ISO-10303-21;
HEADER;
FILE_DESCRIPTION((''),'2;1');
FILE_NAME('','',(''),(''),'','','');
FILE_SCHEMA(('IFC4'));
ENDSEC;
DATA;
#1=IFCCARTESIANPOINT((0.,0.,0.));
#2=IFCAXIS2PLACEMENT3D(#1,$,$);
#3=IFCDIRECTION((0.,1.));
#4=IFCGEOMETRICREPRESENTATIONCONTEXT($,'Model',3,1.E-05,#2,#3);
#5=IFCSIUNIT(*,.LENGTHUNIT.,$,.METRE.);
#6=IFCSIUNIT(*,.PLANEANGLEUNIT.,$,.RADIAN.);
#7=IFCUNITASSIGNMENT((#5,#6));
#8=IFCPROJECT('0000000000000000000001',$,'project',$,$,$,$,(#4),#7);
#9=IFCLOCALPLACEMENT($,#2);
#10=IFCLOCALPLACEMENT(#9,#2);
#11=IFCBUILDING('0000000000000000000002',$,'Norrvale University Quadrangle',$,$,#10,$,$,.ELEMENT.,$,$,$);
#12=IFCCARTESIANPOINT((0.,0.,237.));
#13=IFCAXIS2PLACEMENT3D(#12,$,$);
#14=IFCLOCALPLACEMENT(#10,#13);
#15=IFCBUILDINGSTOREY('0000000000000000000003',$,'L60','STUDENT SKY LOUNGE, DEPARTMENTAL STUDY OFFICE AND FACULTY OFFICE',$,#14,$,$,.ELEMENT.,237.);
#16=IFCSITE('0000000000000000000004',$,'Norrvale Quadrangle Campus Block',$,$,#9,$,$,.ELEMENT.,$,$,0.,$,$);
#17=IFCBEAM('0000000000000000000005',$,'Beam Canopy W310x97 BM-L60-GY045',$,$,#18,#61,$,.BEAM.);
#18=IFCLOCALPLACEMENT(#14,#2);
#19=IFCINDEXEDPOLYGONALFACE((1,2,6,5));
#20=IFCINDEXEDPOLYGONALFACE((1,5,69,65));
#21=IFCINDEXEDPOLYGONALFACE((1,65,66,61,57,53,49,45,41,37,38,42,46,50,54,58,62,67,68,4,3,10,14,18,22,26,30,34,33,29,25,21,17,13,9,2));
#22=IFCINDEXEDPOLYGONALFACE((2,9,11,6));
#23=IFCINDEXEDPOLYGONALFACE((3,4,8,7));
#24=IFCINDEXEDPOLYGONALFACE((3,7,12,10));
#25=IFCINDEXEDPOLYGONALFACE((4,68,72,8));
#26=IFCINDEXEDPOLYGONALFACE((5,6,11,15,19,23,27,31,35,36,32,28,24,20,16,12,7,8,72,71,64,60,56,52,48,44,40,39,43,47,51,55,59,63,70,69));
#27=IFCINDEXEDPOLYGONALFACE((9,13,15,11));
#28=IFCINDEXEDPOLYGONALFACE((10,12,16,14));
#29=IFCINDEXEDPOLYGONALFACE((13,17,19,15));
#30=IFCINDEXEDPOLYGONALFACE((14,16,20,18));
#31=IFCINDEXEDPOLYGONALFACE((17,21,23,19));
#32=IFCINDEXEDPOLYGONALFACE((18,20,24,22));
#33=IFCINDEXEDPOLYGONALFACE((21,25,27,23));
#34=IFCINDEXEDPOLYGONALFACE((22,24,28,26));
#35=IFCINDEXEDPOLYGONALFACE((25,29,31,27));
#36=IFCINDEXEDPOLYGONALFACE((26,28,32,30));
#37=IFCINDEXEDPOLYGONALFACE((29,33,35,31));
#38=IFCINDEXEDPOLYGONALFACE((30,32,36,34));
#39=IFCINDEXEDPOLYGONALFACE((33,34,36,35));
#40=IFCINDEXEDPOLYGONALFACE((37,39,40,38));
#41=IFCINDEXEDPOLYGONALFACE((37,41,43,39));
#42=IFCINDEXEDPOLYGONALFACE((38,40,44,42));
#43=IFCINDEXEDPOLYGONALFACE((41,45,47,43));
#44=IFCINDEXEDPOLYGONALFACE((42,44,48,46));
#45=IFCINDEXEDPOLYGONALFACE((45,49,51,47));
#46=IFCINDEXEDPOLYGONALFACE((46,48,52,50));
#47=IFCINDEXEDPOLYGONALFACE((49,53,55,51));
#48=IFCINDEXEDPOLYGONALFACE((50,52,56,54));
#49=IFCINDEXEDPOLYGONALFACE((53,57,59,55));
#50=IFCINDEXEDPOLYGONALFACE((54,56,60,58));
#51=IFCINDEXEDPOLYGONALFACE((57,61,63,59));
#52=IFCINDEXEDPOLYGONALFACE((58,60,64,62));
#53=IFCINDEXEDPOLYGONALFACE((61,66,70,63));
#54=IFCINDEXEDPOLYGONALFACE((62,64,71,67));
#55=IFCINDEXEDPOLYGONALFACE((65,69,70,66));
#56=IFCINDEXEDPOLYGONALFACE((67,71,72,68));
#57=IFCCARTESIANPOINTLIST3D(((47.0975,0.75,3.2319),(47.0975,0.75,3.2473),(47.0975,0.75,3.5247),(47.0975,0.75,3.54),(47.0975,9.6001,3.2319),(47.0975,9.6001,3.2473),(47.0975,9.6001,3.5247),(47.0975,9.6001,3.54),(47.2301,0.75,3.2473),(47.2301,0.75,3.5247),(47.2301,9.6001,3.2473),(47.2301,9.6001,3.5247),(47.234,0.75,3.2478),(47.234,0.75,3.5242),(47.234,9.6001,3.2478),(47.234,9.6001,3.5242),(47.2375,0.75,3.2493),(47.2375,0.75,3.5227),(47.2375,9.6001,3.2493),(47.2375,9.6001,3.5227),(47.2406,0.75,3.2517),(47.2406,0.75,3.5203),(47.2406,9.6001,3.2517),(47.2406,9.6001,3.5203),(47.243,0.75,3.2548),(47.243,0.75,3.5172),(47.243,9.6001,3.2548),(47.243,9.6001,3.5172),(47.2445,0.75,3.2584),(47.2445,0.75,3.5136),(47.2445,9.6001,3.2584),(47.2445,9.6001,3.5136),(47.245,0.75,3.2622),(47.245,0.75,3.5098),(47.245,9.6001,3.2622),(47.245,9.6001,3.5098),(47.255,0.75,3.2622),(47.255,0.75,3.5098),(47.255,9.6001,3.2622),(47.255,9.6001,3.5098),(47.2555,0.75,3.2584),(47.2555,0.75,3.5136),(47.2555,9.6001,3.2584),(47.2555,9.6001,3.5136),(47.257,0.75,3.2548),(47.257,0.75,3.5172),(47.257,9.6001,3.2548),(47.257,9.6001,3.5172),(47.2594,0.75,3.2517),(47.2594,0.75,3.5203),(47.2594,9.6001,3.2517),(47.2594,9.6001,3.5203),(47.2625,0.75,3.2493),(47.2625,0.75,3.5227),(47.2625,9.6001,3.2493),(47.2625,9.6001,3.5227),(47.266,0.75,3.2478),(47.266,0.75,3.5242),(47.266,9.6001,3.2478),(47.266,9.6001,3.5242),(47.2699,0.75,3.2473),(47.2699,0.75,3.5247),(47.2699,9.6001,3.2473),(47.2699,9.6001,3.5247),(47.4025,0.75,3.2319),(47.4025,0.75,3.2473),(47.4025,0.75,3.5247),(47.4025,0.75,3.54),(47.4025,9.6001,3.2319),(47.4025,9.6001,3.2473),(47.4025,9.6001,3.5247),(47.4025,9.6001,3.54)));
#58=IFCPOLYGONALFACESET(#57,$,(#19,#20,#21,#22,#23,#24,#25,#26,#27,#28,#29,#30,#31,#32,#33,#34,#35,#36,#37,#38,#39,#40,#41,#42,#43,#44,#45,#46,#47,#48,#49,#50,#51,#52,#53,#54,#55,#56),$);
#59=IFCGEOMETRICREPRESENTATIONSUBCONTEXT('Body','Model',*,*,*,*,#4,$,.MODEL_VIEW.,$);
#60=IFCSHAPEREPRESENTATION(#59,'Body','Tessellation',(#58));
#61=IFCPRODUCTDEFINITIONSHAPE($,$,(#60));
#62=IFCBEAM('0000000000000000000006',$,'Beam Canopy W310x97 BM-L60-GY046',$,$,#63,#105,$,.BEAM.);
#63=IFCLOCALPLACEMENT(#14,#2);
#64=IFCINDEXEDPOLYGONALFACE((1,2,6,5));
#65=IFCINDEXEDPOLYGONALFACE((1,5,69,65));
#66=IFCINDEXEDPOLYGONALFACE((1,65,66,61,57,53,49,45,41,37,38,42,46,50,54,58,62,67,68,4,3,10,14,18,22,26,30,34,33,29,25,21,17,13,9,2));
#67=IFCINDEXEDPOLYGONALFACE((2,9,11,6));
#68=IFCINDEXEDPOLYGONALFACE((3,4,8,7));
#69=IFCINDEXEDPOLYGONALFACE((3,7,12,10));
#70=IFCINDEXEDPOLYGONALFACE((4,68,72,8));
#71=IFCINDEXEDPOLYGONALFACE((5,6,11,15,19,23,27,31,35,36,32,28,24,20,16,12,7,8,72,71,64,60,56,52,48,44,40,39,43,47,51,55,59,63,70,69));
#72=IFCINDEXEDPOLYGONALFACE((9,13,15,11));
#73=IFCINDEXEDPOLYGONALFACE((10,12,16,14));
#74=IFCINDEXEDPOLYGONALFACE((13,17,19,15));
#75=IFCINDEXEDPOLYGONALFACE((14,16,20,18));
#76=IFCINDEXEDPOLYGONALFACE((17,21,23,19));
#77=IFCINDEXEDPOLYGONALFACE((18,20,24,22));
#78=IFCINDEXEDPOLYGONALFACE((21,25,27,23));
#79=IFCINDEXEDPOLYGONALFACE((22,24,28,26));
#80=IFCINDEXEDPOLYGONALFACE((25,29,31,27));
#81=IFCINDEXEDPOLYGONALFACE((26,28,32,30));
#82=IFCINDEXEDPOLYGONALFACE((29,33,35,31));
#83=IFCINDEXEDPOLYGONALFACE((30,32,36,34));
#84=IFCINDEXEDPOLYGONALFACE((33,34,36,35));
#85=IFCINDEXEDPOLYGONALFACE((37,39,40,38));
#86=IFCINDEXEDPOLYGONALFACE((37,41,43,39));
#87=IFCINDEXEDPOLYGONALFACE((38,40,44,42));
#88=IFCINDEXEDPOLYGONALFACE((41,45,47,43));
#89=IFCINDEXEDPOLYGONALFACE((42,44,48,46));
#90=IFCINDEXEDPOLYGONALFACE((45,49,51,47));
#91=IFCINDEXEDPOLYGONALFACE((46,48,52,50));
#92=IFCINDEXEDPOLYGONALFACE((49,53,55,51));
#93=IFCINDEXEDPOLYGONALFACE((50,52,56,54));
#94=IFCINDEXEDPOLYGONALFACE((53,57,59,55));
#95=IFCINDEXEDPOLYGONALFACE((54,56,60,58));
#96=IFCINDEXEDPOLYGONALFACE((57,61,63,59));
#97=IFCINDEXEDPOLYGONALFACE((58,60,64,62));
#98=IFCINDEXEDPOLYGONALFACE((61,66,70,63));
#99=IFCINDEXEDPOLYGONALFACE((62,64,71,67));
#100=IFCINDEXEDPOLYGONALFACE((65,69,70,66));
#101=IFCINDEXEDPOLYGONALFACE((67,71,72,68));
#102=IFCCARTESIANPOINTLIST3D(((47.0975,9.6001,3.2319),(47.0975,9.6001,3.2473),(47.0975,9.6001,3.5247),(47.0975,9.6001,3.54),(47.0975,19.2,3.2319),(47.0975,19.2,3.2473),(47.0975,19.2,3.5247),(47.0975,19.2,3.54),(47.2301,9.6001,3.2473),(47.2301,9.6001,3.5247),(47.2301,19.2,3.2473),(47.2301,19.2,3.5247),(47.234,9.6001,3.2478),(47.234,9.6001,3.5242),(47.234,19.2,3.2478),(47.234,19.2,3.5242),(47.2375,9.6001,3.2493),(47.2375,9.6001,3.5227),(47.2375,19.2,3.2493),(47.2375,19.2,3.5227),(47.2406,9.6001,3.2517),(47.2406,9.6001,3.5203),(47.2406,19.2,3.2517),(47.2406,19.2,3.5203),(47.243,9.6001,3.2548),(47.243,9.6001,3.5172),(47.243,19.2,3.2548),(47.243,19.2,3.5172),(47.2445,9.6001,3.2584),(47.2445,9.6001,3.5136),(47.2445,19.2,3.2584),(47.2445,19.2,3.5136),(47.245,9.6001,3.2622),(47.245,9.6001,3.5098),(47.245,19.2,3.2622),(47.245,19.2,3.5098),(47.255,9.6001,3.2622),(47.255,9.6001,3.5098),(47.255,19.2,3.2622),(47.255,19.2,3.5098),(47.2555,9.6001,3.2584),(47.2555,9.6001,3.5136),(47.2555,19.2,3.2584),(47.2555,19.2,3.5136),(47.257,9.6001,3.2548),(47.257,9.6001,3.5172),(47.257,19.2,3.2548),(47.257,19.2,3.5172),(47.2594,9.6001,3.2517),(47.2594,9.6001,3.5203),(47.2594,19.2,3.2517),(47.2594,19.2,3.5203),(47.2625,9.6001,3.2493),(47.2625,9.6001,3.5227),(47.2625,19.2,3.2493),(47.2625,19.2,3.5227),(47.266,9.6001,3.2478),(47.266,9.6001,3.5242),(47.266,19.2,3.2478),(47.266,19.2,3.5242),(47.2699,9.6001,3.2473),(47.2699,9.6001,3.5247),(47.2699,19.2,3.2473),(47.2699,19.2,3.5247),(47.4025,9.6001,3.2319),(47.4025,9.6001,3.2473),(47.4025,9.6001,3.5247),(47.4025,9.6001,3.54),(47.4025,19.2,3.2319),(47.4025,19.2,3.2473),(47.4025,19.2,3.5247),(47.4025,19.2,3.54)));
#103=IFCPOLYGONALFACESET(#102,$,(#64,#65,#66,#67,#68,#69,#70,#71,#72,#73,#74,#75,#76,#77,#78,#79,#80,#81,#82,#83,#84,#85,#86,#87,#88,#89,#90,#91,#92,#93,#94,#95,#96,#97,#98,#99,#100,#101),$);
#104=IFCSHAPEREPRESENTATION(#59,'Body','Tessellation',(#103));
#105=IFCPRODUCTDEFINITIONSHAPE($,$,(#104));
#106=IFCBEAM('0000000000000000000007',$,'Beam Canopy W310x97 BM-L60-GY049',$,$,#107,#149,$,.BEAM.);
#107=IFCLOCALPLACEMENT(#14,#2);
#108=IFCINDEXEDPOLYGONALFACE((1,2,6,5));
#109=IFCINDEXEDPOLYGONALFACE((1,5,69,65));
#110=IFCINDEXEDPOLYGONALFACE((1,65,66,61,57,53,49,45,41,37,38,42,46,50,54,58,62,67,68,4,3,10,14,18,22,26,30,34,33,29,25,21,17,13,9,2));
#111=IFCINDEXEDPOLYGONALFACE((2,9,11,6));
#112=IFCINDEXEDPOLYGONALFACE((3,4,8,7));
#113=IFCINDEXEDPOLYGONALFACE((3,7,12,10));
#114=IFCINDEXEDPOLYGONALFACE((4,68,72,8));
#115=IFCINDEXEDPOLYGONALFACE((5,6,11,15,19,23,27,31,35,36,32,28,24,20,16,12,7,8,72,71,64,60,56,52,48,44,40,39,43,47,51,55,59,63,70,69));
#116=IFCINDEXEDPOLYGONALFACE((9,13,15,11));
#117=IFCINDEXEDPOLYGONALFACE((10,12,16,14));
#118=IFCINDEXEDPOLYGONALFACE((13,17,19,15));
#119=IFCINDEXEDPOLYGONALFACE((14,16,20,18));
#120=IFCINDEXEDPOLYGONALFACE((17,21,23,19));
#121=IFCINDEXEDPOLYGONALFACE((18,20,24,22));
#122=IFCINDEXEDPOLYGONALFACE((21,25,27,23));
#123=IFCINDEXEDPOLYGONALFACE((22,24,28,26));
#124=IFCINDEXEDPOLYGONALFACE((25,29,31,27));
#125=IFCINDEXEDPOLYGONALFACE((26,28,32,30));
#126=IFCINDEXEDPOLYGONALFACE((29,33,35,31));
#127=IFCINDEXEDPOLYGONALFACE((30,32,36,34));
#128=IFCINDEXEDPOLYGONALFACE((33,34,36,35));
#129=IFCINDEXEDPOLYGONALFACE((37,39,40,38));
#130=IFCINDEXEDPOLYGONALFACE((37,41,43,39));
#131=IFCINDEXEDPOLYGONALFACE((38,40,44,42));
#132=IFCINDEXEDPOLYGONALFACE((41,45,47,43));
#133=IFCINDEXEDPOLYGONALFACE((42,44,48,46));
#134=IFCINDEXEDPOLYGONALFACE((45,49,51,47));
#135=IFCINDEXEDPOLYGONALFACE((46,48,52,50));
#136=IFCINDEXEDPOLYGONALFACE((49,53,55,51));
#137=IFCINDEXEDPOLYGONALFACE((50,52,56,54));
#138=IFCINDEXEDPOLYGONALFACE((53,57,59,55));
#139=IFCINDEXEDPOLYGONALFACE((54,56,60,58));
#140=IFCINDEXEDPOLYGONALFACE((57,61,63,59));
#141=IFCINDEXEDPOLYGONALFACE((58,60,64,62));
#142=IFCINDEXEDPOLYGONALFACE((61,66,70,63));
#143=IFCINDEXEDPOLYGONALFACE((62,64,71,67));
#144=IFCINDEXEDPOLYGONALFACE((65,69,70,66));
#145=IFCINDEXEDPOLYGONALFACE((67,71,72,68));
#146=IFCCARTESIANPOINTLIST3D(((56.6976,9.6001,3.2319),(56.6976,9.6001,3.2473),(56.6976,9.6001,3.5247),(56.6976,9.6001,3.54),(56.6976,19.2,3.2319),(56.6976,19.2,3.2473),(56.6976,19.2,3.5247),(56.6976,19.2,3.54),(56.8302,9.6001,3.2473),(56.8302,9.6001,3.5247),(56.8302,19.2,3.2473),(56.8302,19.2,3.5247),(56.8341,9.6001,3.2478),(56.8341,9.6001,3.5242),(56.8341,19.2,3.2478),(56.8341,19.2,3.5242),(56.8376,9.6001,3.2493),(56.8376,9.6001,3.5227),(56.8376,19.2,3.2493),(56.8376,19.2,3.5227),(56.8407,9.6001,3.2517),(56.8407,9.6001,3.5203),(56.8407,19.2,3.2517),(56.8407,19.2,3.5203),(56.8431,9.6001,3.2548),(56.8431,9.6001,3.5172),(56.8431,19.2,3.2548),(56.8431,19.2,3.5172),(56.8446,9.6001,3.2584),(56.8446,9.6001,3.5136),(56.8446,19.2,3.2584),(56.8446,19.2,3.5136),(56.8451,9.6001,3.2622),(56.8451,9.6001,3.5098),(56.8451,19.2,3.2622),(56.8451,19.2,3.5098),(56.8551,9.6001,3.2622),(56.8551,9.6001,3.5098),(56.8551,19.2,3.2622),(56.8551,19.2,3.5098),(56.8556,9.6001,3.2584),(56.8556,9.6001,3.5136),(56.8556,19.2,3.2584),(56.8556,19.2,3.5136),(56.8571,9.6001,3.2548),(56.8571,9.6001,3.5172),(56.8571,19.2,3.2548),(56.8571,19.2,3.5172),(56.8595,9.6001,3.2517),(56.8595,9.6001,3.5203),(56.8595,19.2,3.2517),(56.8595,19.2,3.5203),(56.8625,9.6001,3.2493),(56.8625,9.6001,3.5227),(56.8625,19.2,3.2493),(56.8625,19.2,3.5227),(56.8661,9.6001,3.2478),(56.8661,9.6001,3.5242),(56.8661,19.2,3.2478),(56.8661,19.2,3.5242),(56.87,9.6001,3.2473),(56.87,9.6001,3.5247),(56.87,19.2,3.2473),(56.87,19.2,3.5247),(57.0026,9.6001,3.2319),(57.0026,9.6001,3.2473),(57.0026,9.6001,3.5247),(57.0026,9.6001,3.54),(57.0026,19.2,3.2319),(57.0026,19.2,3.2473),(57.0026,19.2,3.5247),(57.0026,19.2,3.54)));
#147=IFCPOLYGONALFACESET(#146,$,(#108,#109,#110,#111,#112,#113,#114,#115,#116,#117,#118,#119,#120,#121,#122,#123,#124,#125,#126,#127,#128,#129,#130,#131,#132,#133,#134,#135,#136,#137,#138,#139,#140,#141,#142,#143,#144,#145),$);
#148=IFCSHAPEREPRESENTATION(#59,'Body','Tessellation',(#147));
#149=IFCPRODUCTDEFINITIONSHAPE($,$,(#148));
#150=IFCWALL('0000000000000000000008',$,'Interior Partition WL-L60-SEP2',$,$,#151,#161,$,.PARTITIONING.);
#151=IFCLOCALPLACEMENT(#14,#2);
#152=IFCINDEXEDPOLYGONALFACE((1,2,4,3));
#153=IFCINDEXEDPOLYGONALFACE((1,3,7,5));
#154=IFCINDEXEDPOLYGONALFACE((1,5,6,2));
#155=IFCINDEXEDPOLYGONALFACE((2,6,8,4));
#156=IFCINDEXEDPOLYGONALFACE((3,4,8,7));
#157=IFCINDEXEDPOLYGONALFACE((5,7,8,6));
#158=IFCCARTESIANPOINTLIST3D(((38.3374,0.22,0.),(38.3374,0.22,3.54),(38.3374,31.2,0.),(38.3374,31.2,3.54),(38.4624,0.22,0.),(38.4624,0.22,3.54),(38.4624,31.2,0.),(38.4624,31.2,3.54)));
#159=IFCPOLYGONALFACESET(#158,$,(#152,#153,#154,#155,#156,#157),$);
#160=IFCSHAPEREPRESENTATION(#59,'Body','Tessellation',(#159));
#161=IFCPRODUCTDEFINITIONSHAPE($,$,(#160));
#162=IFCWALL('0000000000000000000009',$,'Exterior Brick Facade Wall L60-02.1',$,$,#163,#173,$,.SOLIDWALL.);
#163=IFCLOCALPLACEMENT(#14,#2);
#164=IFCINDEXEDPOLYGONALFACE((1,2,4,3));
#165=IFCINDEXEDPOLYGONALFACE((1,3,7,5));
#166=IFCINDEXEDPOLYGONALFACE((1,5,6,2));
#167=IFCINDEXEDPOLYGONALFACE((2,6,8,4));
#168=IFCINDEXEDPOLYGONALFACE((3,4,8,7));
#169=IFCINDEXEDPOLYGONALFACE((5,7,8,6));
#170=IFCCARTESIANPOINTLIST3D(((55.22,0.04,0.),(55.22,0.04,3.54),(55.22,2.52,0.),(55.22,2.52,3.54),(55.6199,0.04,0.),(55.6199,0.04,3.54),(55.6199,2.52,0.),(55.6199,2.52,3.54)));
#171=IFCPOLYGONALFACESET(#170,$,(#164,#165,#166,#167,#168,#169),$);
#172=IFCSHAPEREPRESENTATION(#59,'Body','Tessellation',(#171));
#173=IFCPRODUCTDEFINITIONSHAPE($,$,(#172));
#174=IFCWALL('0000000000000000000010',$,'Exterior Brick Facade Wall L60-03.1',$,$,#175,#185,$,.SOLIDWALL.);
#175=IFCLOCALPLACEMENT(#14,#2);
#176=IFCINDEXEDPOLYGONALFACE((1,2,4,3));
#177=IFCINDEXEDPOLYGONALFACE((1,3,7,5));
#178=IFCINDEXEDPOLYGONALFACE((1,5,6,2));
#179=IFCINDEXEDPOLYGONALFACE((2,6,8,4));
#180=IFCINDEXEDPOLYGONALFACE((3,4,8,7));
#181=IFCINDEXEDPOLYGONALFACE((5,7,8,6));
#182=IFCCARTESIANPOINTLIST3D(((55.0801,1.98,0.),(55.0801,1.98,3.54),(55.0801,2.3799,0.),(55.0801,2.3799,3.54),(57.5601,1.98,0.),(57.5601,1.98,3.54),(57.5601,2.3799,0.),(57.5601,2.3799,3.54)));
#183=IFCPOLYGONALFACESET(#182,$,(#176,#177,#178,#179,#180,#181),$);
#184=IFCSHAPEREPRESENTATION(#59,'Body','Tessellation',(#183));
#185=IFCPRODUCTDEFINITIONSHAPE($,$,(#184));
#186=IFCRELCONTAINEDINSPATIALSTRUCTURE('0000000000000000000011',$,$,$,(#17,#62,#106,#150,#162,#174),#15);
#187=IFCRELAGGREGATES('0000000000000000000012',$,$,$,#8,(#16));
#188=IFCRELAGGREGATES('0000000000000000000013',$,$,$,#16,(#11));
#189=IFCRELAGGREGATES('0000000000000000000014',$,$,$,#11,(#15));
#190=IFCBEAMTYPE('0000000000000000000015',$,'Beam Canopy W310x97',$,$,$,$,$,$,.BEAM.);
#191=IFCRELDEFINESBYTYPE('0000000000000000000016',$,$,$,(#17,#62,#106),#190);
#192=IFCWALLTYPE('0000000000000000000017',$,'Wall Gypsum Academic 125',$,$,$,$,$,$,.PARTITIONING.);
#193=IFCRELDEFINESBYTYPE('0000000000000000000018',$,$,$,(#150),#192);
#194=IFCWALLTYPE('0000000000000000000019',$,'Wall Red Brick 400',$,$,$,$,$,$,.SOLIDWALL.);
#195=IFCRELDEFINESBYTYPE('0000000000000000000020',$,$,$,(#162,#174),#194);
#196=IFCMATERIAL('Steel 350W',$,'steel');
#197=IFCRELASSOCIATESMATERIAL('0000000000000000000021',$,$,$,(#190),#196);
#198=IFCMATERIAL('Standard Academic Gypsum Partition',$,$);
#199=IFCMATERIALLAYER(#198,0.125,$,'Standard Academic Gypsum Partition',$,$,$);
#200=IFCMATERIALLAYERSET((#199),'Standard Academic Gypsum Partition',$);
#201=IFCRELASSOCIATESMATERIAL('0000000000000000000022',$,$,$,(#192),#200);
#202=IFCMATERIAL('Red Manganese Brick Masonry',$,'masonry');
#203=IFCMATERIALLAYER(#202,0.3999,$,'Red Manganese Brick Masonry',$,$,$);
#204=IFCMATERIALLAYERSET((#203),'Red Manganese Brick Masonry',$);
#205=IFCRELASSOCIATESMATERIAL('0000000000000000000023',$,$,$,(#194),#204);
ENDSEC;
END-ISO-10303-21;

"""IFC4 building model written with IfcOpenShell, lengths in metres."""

from ifc_helpers import new_model, si_unit, direction, frame, frame_2d, origin, origin_2d, place, context, subcontext, project, spatial, rectangle, i_section, extrude, material, layer, layer_set, material_profile, profile_set, type_object, element, save


model = new_model("IFC4")

# Units and contexts
model_context = context("Model", 3, precision=1e-05, world=origin(), true_north=direction((0.0, 1.0)))
body_context = subcontext(model_context, "Body", "Model", "MODEL_VIEW")
ifc_project = project(units=[si_unit("LENGTHUNIT", "METRE"), si_unit("PLANEANGLEUNIT", "RADIAN")], contexts=[model_context])

# Site, building, storey
site_placement = place(None, origin())
site = spatial("IfcSite", under=ifc_project, at=site_placement, Name="Norrvale Quadrangle Campus Block", CompositionType="ELEMENT", RefElevation=0.0)
building_placement = place(site_placement, origin())
building = spatial("IfcBuilding", under=site, at=building_placement, Name="Norrvale University Quadrangle", CompositionType="ELEMENT")
storey_placement = place(building_placement, frame((0.0, 0.0, 237.0)))
storey = spatial("IfcBuildingStorey", under=building, at=storey_placement, Name="L60", Description="STUDENT SKY LOUNGE, DEPARTMENTAL STUDY OFFICE AND FACULTY OFFICE", CompositionType="ELEMENT", Elevation=237.0)

# Beams
ifc_material_1 = material(Name="Steel 350W", Category="steel")
ifc_material_profile_1 = material_profile(ifc_material_1, i_section(OverallWidth=0.3049, OverallDepth=0.3081, WebThickness=0.01, FlangeThickness=0.0154, FilletRadius=0.0149, at=origin_2d()), Name="Steel 350W")
ifc_profile_set_1 = profile_set([ifc_material_profile_1], Name="Steel 350W")
beam_type_1 = type_object("IfcBeamType", Name="Beam Canopy W310x97", PredefinedType="BEAM", material=ifc_profile_set_1)
beam_1_placement = place(storey_placement, frame((47.25, 0.75, 3.386), z_axis=(0.0, 1.0, 0.0), x_axis=(-1.0, 0.0, 0.0)))
element("IfcBeam", 1, at=beam_1_placement, inside=storey, type_object=beam_type_1, Name="Beam Canopy W310x97 BM-L60-GY045", PredefinedType="BEAM", context=body_context, shape_type="SweptSolid", body=[
    extrude(i_section(OverallWidth=0.3049, OverallDepth=0.3081, WebThickness=0.01, FlangeThickness=0.0154, FilletRadius=0.0149, at=origin_2d()), origin(), (0.0, 0.0, 1.0), 8.8501),
])
for number, where, z_axis, x_axis, name in (
    (2, (47.25, 9.6001, 3.386), (0.0, 1.0, 0.0), (-1.0, 0.0, 0.0), "Beam Canopy W310x97 BM-L60-GY046"),
    (3, (56.8501, 9.6001, 3.386), (0.0, 1.0, 0.0), (-1.0, 0.0, 0.0), "Beam Canopy W310x97 BM-L60-GY049"),
):
    element("IfcBeam", number, at=place(storey_placement, frame(where, z_axis=z_axis, x_axis=x_axis)), inside=storey, type_object=beam_type_1, Name=name, PredefinedType="BEAM", context=body_context, shape_type="SweptSolid", body=[
        extrude(i_section(OverallWidth=0.3049, OverallDepth=0.3081, WebThickness=0.01, FlangeThickness=0.0154, FilletRadius=0.0149, at=origin_2d()), origin(), (0.0, 0.0, 1.0), 9.5999),
    ])

# Walls
ifc_material_2 = material(Name="Standard Academic Gypsum Partition")
ifc_layer_1 = layer(ifc_material_2, 0.125, Name="Standard Academic Gypsum Partition")
ifc_layer_set_1 = layer_set([ifc_layer_1], Name="Standard Academic Gypsum Partition")
wall_type_1 = type_object("IfcWallType", Name="Wall Gypsum Academic 125", PredefinedType="PARTITIONING", material=ifc_layer_set_1)
wall_1_placement = place(storey_placement, frame((38.3999, 0.22, 0.0), z_axis=(0.0, 0.0, 1.0), x_axis=(0.0, 1.0, 0.0)))
element("IfcWall", 4, at=wall_1_placement, inside=storey, type_object=wall_type_1, Name="Interior Partition WL-L60-SEP2", PredefinedType="PARTITIONING", context=body_context, shape_type="SweptSolid", body=[
    extrude(rectangle(XDim=30.98, YDim=0.125, at=frame_2d((15.49, 0.0))), origin(), (0.0, 0.0, 1.0), 3.54),
])
ifc_material_3 = material(Name="Red Manganese Brick Masonry", Category="masonry")
ifc_layer_2 = layer(ifc_material_3, 0.3999, Name="Red Manganese Brick Masonry")
ifc_layer_set_2 = layer_set([ifc_layer_2], Name="Red Manganese Brick Masonry")
wall_type_2 = type_object("IfcWallType", Name="Wall Red Brick 400", PredefinedType="SOLIDWALL", material=ifc_layer_set_2)
for number, where, z_axis, x_axis, name in (
    (5, (55.4199, 0.04, 0.0), (0.0, 0.0, 1.0), (0.0, 1.0, 0.0), "Exterior Brick Facade Wall L60-02.1"),
    (6, (55.0801, 2.1799, 0.0), (0.0, 0.0, 1.0), (1.0, 0.0, 0.0), "Exterior Brick Facade Wall L60-03.1"),
):
    element("IfcWall", number, at=place(storey_placement, frame(where, z_axis=z_axis, x_axis=x_axis)), inside=storey, type_object=wall_type_2, Name=name, PredefinedType="SOLIDWALL", context=body_context, shape_type="SweptSolid", body=[
        extrude(rectangle(XDim=2.48, YDim=0.3999, at=frame_2d((1.24, 0.0))), origin(), (0.0, 0.0, 1.0), 3.54),
    ])

save(model, "model.ifc")
